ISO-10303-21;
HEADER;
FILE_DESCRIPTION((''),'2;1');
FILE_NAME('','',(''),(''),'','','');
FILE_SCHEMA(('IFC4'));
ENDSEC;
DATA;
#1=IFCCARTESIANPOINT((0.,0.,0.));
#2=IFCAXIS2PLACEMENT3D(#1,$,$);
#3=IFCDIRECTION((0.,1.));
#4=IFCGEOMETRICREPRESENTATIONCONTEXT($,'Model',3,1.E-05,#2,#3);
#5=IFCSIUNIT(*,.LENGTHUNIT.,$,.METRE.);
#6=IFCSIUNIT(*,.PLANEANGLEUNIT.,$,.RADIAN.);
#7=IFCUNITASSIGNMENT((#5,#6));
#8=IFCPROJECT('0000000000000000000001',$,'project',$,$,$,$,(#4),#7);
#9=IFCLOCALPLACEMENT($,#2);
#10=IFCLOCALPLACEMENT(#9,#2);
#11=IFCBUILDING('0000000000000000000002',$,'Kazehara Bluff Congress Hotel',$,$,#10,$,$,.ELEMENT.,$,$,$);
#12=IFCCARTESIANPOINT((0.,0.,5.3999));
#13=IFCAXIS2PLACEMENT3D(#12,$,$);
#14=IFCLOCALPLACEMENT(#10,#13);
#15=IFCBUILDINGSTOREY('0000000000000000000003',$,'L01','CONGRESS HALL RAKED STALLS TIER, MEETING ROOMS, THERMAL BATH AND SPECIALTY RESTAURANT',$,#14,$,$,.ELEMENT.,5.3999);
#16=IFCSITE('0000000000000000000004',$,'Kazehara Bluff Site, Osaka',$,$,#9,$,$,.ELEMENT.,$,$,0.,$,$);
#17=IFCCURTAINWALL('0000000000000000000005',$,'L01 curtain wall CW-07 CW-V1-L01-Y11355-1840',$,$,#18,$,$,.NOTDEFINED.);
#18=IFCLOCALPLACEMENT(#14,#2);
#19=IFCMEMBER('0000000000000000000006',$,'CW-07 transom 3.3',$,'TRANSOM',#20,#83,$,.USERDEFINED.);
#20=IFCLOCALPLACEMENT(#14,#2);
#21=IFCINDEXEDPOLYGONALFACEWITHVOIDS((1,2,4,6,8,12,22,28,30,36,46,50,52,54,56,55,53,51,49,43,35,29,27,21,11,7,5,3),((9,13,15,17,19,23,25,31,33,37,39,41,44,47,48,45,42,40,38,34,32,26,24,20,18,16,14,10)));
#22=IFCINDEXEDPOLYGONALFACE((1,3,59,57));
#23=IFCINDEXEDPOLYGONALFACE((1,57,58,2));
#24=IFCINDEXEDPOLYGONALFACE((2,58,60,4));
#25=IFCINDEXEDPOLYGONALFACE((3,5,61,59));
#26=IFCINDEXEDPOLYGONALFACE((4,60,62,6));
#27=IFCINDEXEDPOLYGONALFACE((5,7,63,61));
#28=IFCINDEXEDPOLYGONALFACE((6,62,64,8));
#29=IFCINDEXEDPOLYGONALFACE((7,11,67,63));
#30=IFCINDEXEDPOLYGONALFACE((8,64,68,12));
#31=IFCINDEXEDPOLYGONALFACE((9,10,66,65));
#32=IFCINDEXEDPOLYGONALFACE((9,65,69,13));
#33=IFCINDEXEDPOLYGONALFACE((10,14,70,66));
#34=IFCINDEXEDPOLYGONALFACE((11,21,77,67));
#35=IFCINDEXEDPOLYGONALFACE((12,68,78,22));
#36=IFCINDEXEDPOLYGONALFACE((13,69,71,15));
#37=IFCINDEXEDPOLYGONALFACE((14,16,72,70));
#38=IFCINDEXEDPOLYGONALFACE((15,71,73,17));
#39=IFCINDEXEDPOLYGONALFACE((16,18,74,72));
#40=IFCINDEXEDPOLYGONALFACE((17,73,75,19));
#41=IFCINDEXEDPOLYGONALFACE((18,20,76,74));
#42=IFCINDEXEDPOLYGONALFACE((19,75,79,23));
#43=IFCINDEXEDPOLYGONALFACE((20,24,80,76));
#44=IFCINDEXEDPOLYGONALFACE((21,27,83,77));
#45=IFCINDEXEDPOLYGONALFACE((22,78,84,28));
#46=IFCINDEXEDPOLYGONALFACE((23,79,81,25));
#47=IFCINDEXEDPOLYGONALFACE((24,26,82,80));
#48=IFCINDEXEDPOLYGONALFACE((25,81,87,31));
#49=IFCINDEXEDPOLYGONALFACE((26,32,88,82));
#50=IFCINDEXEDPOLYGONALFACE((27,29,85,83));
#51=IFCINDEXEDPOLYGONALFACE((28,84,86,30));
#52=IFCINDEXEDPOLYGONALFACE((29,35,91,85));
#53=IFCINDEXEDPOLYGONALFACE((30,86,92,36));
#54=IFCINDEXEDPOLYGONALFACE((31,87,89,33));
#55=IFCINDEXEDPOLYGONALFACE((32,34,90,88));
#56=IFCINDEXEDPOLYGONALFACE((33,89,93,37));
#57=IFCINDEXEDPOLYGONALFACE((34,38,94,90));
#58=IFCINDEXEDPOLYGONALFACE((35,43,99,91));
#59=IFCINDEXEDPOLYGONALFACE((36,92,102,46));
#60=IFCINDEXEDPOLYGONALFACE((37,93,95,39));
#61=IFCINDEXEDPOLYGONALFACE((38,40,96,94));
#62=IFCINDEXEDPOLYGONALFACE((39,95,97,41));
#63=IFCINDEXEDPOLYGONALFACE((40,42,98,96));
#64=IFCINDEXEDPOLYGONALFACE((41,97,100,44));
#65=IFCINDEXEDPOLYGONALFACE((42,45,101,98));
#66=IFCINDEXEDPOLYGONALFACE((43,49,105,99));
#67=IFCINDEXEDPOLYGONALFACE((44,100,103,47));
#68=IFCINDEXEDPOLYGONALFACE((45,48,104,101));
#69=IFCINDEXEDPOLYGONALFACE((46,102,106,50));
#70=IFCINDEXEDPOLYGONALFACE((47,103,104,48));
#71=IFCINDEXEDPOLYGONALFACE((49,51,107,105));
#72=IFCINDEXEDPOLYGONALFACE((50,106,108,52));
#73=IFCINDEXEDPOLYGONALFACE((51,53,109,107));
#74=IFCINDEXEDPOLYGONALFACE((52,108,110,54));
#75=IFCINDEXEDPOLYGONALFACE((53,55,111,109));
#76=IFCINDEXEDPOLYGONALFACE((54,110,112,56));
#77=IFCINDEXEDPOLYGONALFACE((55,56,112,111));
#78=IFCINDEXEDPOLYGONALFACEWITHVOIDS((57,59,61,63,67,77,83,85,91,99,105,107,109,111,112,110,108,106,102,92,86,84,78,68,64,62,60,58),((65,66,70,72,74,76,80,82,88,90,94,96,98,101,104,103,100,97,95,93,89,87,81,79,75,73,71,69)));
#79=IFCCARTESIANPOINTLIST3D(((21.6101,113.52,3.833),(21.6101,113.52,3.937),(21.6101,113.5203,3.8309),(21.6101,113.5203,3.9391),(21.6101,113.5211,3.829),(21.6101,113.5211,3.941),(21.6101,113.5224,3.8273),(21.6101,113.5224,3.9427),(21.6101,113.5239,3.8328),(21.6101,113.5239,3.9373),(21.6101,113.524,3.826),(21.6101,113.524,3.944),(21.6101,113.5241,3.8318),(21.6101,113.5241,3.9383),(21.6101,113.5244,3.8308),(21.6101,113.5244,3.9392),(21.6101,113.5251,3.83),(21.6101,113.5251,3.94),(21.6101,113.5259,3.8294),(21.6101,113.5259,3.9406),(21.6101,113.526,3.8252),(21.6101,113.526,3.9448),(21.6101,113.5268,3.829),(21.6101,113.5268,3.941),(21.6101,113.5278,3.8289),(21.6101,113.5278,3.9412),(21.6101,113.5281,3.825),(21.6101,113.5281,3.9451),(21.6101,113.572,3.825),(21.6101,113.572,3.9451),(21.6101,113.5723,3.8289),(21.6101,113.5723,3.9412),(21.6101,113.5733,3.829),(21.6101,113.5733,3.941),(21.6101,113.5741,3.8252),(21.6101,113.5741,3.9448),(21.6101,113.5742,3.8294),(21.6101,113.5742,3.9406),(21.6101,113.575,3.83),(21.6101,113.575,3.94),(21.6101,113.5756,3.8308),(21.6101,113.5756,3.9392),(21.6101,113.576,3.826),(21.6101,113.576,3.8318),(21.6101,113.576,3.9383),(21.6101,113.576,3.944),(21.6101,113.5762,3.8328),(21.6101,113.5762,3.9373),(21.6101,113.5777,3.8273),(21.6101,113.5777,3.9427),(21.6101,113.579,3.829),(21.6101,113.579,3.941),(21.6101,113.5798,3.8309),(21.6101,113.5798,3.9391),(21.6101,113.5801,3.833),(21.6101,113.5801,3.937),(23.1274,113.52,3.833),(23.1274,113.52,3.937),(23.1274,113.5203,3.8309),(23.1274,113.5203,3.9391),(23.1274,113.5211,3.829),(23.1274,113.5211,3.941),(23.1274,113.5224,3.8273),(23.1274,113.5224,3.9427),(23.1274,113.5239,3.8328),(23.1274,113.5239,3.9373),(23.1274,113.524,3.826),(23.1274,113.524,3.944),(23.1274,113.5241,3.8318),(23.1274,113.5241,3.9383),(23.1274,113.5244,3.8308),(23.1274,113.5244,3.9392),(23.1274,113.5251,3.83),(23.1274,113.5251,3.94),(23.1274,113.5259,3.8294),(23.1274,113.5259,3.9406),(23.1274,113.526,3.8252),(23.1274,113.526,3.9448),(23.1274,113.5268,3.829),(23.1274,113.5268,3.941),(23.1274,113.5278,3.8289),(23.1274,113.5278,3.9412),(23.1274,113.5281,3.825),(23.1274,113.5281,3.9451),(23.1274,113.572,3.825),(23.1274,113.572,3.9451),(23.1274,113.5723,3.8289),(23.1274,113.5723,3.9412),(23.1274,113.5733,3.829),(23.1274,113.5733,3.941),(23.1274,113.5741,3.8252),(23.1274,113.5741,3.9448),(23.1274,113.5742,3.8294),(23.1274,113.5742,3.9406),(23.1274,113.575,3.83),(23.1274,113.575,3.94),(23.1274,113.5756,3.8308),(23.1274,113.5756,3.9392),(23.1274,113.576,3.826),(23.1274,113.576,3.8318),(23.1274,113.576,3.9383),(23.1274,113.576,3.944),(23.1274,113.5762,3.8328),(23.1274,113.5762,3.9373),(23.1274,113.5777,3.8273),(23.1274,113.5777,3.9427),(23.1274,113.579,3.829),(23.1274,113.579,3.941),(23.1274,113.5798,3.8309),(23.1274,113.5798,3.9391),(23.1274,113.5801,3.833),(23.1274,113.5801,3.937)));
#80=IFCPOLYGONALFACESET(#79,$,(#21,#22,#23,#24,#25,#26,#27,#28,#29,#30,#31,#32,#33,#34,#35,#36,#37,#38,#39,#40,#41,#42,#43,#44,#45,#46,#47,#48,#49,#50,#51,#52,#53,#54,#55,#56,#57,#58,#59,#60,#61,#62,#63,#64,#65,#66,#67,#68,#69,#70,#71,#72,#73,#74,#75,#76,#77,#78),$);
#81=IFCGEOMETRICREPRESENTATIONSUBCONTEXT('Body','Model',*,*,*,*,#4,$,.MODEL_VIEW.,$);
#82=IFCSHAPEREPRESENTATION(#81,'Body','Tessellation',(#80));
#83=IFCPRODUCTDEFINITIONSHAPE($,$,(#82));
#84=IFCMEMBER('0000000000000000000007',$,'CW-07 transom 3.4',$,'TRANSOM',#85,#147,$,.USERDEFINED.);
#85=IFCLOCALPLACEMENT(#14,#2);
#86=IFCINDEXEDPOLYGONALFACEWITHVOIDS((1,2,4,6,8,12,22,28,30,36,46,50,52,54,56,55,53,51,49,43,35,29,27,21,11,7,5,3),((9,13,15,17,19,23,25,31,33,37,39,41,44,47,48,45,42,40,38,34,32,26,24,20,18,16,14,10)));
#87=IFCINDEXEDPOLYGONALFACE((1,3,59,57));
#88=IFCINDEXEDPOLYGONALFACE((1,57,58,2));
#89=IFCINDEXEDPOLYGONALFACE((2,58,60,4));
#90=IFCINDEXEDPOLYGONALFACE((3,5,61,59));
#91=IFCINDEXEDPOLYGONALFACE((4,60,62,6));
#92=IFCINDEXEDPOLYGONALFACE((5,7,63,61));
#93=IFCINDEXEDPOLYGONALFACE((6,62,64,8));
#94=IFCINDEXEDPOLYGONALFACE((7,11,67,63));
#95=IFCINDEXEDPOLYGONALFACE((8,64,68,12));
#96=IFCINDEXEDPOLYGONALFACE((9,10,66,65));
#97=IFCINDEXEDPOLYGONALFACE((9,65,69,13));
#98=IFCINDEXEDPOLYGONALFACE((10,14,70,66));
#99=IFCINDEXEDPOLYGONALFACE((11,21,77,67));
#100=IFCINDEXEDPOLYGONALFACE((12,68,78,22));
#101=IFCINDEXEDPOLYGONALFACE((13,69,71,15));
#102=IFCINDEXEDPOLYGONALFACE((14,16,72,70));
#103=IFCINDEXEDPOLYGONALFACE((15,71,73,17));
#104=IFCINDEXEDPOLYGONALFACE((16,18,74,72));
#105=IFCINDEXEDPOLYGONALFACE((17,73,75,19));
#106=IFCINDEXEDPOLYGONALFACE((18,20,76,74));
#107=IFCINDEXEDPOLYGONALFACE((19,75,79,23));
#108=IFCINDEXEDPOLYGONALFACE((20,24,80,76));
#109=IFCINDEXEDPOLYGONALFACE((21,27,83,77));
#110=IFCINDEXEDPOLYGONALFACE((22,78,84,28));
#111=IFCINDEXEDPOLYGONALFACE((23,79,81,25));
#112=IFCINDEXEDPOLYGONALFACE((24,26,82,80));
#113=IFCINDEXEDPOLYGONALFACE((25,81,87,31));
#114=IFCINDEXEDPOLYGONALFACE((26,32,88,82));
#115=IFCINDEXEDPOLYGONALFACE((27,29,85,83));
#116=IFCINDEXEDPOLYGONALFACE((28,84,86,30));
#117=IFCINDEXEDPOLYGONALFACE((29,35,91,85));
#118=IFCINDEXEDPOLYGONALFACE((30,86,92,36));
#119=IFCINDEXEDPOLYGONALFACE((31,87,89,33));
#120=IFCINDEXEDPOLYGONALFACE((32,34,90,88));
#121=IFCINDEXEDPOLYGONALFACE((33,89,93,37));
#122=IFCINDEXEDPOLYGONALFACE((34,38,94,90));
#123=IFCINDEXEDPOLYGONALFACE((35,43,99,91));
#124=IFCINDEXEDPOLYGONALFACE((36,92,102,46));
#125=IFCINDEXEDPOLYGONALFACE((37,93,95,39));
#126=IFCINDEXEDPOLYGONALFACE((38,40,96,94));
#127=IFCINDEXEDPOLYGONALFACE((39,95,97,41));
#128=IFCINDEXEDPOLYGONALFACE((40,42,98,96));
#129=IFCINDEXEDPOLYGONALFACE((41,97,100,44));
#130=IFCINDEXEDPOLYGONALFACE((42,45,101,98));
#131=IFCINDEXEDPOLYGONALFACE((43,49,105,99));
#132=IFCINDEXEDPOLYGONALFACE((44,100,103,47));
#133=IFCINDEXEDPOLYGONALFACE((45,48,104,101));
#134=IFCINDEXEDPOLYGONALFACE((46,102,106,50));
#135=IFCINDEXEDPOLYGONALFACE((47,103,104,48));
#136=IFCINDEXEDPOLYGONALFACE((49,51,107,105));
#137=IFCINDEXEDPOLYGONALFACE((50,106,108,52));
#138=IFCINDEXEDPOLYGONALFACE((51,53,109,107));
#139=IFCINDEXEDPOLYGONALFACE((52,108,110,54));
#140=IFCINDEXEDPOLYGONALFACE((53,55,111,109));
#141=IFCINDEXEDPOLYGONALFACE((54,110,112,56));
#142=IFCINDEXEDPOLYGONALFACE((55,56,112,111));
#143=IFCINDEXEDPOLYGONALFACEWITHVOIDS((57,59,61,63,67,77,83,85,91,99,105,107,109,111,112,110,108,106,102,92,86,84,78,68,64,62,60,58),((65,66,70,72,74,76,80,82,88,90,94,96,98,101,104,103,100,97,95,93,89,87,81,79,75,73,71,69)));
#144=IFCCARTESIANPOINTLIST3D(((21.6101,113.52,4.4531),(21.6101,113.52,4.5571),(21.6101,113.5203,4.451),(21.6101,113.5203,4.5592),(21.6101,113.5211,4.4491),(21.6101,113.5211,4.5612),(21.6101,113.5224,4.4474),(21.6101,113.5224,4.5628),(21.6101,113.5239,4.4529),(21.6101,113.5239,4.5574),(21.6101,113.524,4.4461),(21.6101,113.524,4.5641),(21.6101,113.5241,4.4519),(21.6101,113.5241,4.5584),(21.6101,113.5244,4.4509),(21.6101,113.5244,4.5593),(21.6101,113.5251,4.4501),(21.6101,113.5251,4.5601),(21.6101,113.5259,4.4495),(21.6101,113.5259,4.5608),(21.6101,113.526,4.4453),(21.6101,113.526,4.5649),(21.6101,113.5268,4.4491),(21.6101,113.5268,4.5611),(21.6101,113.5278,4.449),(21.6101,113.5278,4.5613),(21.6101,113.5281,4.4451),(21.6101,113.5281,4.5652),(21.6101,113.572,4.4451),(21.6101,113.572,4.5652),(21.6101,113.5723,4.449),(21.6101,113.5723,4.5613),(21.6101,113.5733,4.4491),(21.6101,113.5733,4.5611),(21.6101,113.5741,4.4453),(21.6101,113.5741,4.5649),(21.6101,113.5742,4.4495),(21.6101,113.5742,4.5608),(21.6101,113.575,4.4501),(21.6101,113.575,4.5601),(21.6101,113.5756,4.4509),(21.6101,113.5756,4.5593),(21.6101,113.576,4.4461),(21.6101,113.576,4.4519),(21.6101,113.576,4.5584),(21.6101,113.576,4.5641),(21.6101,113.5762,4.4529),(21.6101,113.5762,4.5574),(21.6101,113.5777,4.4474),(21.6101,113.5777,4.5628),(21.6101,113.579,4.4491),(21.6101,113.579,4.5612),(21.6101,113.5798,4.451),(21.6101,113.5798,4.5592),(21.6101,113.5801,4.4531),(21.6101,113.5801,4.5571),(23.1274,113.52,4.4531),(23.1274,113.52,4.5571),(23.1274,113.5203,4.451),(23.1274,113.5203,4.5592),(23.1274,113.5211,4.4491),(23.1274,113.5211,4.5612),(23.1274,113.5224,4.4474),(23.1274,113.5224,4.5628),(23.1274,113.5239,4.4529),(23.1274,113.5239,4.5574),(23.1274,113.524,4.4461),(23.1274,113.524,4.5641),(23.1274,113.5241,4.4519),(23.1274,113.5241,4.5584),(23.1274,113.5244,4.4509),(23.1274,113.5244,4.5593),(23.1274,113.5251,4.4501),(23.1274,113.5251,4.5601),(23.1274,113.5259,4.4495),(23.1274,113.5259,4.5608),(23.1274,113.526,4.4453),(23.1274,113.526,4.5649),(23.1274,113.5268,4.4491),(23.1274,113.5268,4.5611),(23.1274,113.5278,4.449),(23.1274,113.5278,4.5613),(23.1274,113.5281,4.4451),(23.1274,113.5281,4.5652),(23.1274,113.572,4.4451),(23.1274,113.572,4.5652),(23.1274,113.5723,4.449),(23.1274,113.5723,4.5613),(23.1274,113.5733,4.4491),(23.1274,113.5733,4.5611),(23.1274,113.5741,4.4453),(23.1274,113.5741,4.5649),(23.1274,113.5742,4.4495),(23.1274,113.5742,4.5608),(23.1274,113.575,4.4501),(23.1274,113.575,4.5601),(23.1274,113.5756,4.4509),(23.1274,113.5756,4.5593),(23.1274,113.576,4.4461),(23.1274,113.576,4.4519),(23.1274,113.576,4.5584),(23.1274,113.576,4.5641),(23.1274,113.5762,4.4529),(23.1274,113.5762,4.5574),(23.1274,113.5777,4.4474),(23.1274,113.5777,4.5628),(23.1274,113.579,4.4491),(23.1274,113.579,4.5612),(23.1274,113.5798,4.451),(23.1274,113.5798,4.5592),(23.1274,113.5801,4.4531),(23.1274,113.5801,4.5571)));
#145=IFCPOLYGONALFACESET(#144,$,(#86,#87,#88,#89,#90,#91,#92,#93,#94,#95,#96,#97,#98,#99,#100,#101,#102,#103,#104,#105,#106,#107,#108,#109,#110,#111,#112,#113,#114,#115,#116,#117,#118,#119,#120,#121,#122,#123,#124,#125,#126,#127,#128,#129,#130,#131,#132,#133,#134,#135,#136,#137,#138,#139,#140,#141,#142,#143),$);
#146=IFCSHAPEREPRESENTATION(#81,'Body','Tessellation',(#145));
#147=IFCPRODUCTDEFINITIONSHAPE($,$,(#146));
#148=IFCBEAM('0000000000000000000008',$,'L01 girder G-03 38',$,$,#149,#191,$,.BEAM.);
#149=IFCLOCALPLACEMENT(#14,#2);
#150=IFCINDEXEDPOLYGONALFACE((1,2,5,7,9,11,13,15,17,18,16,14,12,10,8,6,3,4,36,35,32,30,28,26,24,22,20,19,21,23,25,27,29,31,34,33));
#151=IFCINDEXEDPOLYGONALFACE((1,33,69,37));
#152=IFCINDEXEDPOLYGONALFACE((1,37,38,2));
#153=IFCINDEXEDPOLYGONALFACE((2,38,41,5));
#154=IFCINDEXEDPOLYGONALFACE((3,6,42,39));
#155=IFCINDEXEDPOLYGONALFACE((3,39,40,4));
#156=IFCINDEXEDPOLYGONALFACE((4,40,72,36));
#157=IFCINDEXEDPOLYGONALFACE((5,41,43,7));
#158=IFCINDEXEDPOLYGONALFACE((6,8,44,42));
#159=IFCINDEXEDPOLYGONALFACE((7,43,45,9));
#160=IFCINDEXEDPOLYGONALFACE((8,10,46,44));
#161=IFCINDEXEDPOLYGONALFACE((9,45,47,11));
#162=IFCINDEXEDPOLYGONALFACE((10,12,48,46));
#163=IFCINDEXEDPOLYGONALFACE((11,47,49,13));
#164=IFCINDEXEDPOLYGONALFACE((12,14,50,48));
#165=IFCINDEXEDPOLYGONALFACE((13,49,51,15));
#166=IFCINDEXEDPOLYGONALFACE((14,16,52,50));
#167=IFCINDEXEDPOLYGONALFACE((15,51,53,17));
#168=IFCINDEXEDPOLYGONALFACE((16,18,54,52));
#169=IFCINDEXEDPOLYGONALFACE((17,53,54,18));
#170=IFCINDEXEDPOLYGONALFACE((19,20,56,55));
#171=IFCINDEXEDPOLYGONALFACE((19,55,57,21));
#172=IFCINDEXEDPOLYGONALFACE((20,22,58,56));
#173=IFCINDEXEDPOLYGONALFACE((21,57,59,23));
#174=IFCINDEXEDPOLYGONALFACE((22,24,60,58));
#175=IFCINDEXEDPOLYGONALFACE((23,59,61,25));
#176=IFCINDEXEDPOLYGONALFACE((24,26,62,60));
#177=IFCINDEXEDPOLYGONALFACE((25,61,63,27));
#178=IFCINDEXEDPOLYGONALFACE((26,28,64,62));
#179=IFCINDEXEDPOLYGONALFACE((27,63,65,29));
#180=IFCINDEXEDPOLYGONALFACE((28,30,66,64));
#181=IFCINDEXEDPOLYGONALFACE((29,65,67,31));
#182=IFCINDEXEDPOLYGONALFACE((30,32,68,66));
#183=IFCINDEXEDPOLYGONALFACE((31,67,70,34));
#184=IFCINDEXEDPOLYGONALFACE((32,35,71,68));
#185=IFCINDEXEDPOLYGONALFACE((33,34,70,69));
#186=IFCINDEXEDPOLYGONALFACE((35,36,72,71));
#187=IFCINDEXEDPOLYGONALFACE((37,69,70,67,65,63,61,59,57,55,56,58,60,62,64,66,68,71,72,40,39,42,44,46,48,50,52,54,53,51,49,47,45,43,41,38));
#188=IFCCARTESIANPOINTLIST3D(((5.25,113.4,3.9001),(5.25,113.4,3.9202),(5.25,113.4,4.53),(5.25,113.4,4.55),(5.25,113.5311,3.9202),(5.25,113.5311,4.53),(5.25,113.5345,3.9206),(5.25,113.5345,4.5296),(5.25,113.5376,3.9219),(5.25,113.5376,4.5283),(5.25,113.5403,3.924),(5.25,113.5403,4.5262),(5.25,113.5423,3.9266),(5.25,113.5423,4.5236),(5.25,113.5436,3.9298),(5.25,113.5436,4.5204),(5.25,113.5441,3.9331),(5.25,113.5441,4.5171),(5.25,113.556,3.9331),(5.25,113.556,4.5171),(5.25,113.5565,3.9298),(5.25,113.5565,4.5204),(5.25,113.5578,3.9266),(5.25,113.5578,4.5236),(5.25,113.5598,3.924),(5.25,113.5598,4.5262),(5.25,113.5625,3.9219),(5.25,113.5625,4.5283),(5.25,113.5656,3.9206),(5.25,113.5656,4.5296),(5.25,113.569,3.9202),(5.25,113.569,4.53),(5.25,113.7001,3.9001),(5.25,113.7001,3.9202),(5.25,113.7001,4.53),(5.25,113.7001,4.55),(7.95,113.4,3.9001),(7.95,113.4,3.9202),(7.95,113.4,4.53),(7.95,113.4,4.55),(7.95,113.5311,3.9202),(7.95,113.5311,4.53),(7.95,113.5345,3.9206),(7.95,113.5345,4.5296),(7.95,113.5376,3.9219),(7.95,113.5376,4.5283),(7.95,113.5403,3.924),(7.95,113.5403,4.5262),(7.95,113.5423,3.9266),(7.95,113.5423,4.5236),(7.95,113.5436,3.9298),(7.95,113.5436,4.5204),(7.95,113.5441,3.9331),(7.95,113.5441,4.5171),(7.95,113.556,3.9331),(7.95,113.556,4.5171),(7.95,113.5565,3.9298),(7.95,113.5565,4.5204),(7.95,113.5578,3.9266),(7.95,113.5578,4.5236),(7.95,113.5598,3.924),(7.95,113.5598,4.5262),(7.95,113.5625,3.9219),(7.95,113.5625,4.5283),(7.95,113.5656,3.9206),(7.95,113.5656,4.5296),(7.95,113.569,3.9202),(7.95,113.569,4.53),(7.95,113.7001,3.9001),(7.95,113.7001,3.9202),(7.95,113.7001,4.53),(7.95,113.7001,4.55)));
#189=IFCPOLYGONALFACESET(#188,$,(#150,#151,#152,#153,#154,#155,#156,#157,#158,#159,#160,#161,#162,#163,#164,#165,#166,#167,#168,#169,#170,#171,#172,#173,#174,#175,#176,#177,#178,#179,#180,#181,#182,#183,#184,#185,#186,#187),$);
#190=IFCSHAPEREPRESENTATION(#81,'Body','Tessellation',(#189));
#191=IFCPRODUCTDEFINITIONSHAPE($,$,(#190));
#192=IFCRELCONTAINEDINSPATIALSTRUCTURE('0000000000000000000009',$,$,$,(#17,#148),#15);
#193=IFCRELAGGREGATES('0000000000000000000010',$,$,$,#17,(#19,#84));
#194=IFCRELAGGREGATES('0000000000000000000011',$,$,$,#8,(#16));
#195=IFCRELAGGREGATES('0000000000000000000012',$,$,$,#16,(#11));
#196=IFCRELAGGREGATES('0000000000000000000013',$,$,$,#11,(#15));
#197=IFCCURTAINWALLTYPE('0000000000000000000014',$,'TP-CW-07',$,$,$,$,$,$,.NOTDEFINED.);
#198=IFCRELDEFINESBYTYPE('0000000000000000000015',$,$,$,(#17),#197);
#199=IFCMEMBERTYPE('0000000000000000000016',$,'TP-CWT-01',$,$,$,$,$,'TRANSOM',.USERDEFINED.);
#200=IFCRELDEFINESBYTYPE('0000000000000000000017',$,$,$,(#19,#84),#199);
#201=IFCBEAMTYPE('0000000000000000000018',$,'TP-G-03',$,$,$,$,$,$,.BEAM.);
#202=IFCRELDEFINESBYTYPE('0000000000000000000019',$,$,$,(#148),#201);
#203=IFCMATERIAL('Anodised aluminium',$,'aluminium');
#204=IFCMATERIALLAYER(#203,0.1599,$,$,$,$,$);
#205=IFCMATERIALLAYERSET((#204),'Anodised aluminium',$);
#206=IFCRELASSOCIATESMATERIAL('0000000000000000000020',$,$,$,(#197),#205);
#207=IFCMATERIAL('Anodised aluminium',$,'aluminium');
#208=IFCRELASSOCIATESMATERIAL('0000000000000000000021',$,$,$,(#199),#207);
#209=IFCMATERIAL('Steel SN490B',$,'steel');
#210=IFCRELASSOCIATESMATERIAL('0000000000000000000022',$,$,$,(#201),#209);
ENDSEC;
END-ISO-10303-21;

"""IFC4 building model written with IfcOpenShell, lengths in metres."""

from ifc_helpers import new_model, si_unit, direction, frame, origin, origin_2d, place, context, subcontext, project, spatial, hollow_rectangle, i_section, extrude, material, layer, layer_set, material_profile, profile_set, type_object, element, aggregate, save


model = new_model("IFC4")

# Units and contexts
model_context = context("Model", 3, precision=1e-05, world=origin(), true_north=direction((0.0, 1.0)))
body_context = subcontext(model_context, "Body", "Model", "MODEL_VIEW")
ifc_project = project(units=[si_unit("LENGTHUNIT", "METRE"), si_unit("PLANEANGLEUNIT", "RADIAN")], contexts=[model_context])

# Site, building, storey
site_placement = place(None, origin())
site = spatial("IfcSite", under=ifc_project, at=site_placement, Name="Kazehara Bluff Site, Osaka", CompositionType="ELEMENT", RefElevation=0.0)
building_placement = place(site_placement, origin())
building = spatial("IfcBuilding", under=site, at=building_placement, Name="Kazehara Bluff Congress Hotel", CompositionType="ELEMENT")
storey_placement = place(building_placement, frame((0.0, 0.0, 5.3999)))
storey = spatial("IfcBuildingStorey", under=building, at=storey_placement, Name="L01", Description="CONGRESS HALL RAKED STALLS TIER, MEETING ROOMS, THERMAL BATH AND SPECIALTY RESTAURANT", CompositionType="ELEMENT", Elevation=5.3999)

# Curtain wall, members
ifc_material_1 = material(Name="Anodised aluminium", Category="aluminium")
ifc_layer_1 = layer(ifc_material_1, 0.1599)
ifc_layer_set_1 = layer_set([ifc_layer_1], Name="Anodised aluminium")
curtain_wall_type = type_object("IfcCurtainWallType", Name="TP-CW-07", PredefinedType="NOTDEFINED", material=ifc_layer_set_1)
curtain_wall_placement = place(storey_placement, origin())
curtain_wall = element("IfcCurtainWall", 1, at=curtain_wall_placement, inside=storey, type_object=curtain_wall_type, Name="L01 curtain wall CW-07 CW-V1-L01-Y11355-1840", PredefinedType="NOTDEFINED")
ifc_material_2 = material(Name="Anodised aluminium", Category="aluminium")
ifc_material_profile_1 = material_profile(ifc_material_2, hollow_rectangle(XDim=0.0601, YDim=0.1201, WallThickness=0.0039, InnerFilletRadius=0.0039, OuterFilletRadius=0.0081, at=origin_2d()))
ifc_profile_set_1 = profile_set([ifc_material_profile_1], Name="Anodised aluminium")
member_type_1 = type_object("IfcMemberType", Name="TP-CWT-01", ElementType="TRANSOM", PredefinedType="USERDEFINED", material=ifc_profile_set_1)
member_1_placement = place(storey_placement, frame((21.6101, 113.55, 3.885), z_axis=(1.0, 0.0, 0.0), x_axis=(0.0, 1.0, 0.0)))
member_1 = element("IfcMember", 2, at=member_1_placement, type_object=member_type_1, Name="CW-07 transom 3.3", ObjectType="TRANSOM", PredefinedType="USERDEFINED", context=body_context, shape_type="SweptSolid", body=[
    extrude(hollow_rectangle(XDim=0.0601, YDim=0.1201, WallThickness=0.0039, InnerFilletRadius=0.0039, OuterFilletRadius=0.0081, at=origin_2d()), origin(), (0.0, 0.0, 1.0), 1.5173),
])
member_2_placement = place(storey_placement, frame((21.6101, 113.55, 4.5051), z_axis=(1.0, 0.0, 0.0), x_axis=(0.0, 1.0, 0.0)))
member_2 = element("IfcMember", 3, at=member_2_placement, type_object=member_type_1, Name="CW-07 transom 3.4", ObjectType="TRANSOM", PredefinedType="USERDEFINED", context=body_context, shape_type="SweptSolid", body=[
    extrude(hollow_rectangle(XDim=0.0601, YDim=0.1201, WallThickness=0.0039, InnerFilletRadius=0.0039, OuterFilletRadius=0.0081, at=origin_2d()), origin(), (0.0, 0.0, 1.0), 1.5173),
])

# Beam
ifc_material_3 = material(Name="Steel SN490B", Category="steel")
ifc_material_profile_2 = material_profile(ifc_material_3, i_section(OverallWidth=0.3, OverallDepth=0.6499, WebThickness=0.012, FlangeThickness=0.02, FilletRadius=0.0129, at=origin_2d()))
ifc_profile_set_2 = profile_set([ifc_material_profile_2], Name="Steel SN490B")
beam_type = type_object("IfcBeamType", Name="TP-G-03", PredefinedType="BEAM", material=ifc_profile_set_2)
beam_placement = place(storey_placement, frame((5.25, 113.55, 4.2251), z_axis=(1.0, 0.0, 0.0), x_axis=(0.0, 1.0, 0.0)))
element("IfcBeam", 4, at=beam_placement, inside=storey, type_object=beam_type, Name="L01 girder G-03 38", PredefinedType="BEAM", context=body_context, shape_type="SweptSolid", body=[
    extrude(i_section(OverallWidth=0.3, OverallDepth=0.6499, WebThickness=0.012, FlangeThickness=0.02, FilletRadius=0.0129, at=origin_2d()), origin(), (0.0, 0.0, 1.0), 2.7),
])

aggregate(curtain_wall, [member_1, member_2])

save(model, "model.ifc")
